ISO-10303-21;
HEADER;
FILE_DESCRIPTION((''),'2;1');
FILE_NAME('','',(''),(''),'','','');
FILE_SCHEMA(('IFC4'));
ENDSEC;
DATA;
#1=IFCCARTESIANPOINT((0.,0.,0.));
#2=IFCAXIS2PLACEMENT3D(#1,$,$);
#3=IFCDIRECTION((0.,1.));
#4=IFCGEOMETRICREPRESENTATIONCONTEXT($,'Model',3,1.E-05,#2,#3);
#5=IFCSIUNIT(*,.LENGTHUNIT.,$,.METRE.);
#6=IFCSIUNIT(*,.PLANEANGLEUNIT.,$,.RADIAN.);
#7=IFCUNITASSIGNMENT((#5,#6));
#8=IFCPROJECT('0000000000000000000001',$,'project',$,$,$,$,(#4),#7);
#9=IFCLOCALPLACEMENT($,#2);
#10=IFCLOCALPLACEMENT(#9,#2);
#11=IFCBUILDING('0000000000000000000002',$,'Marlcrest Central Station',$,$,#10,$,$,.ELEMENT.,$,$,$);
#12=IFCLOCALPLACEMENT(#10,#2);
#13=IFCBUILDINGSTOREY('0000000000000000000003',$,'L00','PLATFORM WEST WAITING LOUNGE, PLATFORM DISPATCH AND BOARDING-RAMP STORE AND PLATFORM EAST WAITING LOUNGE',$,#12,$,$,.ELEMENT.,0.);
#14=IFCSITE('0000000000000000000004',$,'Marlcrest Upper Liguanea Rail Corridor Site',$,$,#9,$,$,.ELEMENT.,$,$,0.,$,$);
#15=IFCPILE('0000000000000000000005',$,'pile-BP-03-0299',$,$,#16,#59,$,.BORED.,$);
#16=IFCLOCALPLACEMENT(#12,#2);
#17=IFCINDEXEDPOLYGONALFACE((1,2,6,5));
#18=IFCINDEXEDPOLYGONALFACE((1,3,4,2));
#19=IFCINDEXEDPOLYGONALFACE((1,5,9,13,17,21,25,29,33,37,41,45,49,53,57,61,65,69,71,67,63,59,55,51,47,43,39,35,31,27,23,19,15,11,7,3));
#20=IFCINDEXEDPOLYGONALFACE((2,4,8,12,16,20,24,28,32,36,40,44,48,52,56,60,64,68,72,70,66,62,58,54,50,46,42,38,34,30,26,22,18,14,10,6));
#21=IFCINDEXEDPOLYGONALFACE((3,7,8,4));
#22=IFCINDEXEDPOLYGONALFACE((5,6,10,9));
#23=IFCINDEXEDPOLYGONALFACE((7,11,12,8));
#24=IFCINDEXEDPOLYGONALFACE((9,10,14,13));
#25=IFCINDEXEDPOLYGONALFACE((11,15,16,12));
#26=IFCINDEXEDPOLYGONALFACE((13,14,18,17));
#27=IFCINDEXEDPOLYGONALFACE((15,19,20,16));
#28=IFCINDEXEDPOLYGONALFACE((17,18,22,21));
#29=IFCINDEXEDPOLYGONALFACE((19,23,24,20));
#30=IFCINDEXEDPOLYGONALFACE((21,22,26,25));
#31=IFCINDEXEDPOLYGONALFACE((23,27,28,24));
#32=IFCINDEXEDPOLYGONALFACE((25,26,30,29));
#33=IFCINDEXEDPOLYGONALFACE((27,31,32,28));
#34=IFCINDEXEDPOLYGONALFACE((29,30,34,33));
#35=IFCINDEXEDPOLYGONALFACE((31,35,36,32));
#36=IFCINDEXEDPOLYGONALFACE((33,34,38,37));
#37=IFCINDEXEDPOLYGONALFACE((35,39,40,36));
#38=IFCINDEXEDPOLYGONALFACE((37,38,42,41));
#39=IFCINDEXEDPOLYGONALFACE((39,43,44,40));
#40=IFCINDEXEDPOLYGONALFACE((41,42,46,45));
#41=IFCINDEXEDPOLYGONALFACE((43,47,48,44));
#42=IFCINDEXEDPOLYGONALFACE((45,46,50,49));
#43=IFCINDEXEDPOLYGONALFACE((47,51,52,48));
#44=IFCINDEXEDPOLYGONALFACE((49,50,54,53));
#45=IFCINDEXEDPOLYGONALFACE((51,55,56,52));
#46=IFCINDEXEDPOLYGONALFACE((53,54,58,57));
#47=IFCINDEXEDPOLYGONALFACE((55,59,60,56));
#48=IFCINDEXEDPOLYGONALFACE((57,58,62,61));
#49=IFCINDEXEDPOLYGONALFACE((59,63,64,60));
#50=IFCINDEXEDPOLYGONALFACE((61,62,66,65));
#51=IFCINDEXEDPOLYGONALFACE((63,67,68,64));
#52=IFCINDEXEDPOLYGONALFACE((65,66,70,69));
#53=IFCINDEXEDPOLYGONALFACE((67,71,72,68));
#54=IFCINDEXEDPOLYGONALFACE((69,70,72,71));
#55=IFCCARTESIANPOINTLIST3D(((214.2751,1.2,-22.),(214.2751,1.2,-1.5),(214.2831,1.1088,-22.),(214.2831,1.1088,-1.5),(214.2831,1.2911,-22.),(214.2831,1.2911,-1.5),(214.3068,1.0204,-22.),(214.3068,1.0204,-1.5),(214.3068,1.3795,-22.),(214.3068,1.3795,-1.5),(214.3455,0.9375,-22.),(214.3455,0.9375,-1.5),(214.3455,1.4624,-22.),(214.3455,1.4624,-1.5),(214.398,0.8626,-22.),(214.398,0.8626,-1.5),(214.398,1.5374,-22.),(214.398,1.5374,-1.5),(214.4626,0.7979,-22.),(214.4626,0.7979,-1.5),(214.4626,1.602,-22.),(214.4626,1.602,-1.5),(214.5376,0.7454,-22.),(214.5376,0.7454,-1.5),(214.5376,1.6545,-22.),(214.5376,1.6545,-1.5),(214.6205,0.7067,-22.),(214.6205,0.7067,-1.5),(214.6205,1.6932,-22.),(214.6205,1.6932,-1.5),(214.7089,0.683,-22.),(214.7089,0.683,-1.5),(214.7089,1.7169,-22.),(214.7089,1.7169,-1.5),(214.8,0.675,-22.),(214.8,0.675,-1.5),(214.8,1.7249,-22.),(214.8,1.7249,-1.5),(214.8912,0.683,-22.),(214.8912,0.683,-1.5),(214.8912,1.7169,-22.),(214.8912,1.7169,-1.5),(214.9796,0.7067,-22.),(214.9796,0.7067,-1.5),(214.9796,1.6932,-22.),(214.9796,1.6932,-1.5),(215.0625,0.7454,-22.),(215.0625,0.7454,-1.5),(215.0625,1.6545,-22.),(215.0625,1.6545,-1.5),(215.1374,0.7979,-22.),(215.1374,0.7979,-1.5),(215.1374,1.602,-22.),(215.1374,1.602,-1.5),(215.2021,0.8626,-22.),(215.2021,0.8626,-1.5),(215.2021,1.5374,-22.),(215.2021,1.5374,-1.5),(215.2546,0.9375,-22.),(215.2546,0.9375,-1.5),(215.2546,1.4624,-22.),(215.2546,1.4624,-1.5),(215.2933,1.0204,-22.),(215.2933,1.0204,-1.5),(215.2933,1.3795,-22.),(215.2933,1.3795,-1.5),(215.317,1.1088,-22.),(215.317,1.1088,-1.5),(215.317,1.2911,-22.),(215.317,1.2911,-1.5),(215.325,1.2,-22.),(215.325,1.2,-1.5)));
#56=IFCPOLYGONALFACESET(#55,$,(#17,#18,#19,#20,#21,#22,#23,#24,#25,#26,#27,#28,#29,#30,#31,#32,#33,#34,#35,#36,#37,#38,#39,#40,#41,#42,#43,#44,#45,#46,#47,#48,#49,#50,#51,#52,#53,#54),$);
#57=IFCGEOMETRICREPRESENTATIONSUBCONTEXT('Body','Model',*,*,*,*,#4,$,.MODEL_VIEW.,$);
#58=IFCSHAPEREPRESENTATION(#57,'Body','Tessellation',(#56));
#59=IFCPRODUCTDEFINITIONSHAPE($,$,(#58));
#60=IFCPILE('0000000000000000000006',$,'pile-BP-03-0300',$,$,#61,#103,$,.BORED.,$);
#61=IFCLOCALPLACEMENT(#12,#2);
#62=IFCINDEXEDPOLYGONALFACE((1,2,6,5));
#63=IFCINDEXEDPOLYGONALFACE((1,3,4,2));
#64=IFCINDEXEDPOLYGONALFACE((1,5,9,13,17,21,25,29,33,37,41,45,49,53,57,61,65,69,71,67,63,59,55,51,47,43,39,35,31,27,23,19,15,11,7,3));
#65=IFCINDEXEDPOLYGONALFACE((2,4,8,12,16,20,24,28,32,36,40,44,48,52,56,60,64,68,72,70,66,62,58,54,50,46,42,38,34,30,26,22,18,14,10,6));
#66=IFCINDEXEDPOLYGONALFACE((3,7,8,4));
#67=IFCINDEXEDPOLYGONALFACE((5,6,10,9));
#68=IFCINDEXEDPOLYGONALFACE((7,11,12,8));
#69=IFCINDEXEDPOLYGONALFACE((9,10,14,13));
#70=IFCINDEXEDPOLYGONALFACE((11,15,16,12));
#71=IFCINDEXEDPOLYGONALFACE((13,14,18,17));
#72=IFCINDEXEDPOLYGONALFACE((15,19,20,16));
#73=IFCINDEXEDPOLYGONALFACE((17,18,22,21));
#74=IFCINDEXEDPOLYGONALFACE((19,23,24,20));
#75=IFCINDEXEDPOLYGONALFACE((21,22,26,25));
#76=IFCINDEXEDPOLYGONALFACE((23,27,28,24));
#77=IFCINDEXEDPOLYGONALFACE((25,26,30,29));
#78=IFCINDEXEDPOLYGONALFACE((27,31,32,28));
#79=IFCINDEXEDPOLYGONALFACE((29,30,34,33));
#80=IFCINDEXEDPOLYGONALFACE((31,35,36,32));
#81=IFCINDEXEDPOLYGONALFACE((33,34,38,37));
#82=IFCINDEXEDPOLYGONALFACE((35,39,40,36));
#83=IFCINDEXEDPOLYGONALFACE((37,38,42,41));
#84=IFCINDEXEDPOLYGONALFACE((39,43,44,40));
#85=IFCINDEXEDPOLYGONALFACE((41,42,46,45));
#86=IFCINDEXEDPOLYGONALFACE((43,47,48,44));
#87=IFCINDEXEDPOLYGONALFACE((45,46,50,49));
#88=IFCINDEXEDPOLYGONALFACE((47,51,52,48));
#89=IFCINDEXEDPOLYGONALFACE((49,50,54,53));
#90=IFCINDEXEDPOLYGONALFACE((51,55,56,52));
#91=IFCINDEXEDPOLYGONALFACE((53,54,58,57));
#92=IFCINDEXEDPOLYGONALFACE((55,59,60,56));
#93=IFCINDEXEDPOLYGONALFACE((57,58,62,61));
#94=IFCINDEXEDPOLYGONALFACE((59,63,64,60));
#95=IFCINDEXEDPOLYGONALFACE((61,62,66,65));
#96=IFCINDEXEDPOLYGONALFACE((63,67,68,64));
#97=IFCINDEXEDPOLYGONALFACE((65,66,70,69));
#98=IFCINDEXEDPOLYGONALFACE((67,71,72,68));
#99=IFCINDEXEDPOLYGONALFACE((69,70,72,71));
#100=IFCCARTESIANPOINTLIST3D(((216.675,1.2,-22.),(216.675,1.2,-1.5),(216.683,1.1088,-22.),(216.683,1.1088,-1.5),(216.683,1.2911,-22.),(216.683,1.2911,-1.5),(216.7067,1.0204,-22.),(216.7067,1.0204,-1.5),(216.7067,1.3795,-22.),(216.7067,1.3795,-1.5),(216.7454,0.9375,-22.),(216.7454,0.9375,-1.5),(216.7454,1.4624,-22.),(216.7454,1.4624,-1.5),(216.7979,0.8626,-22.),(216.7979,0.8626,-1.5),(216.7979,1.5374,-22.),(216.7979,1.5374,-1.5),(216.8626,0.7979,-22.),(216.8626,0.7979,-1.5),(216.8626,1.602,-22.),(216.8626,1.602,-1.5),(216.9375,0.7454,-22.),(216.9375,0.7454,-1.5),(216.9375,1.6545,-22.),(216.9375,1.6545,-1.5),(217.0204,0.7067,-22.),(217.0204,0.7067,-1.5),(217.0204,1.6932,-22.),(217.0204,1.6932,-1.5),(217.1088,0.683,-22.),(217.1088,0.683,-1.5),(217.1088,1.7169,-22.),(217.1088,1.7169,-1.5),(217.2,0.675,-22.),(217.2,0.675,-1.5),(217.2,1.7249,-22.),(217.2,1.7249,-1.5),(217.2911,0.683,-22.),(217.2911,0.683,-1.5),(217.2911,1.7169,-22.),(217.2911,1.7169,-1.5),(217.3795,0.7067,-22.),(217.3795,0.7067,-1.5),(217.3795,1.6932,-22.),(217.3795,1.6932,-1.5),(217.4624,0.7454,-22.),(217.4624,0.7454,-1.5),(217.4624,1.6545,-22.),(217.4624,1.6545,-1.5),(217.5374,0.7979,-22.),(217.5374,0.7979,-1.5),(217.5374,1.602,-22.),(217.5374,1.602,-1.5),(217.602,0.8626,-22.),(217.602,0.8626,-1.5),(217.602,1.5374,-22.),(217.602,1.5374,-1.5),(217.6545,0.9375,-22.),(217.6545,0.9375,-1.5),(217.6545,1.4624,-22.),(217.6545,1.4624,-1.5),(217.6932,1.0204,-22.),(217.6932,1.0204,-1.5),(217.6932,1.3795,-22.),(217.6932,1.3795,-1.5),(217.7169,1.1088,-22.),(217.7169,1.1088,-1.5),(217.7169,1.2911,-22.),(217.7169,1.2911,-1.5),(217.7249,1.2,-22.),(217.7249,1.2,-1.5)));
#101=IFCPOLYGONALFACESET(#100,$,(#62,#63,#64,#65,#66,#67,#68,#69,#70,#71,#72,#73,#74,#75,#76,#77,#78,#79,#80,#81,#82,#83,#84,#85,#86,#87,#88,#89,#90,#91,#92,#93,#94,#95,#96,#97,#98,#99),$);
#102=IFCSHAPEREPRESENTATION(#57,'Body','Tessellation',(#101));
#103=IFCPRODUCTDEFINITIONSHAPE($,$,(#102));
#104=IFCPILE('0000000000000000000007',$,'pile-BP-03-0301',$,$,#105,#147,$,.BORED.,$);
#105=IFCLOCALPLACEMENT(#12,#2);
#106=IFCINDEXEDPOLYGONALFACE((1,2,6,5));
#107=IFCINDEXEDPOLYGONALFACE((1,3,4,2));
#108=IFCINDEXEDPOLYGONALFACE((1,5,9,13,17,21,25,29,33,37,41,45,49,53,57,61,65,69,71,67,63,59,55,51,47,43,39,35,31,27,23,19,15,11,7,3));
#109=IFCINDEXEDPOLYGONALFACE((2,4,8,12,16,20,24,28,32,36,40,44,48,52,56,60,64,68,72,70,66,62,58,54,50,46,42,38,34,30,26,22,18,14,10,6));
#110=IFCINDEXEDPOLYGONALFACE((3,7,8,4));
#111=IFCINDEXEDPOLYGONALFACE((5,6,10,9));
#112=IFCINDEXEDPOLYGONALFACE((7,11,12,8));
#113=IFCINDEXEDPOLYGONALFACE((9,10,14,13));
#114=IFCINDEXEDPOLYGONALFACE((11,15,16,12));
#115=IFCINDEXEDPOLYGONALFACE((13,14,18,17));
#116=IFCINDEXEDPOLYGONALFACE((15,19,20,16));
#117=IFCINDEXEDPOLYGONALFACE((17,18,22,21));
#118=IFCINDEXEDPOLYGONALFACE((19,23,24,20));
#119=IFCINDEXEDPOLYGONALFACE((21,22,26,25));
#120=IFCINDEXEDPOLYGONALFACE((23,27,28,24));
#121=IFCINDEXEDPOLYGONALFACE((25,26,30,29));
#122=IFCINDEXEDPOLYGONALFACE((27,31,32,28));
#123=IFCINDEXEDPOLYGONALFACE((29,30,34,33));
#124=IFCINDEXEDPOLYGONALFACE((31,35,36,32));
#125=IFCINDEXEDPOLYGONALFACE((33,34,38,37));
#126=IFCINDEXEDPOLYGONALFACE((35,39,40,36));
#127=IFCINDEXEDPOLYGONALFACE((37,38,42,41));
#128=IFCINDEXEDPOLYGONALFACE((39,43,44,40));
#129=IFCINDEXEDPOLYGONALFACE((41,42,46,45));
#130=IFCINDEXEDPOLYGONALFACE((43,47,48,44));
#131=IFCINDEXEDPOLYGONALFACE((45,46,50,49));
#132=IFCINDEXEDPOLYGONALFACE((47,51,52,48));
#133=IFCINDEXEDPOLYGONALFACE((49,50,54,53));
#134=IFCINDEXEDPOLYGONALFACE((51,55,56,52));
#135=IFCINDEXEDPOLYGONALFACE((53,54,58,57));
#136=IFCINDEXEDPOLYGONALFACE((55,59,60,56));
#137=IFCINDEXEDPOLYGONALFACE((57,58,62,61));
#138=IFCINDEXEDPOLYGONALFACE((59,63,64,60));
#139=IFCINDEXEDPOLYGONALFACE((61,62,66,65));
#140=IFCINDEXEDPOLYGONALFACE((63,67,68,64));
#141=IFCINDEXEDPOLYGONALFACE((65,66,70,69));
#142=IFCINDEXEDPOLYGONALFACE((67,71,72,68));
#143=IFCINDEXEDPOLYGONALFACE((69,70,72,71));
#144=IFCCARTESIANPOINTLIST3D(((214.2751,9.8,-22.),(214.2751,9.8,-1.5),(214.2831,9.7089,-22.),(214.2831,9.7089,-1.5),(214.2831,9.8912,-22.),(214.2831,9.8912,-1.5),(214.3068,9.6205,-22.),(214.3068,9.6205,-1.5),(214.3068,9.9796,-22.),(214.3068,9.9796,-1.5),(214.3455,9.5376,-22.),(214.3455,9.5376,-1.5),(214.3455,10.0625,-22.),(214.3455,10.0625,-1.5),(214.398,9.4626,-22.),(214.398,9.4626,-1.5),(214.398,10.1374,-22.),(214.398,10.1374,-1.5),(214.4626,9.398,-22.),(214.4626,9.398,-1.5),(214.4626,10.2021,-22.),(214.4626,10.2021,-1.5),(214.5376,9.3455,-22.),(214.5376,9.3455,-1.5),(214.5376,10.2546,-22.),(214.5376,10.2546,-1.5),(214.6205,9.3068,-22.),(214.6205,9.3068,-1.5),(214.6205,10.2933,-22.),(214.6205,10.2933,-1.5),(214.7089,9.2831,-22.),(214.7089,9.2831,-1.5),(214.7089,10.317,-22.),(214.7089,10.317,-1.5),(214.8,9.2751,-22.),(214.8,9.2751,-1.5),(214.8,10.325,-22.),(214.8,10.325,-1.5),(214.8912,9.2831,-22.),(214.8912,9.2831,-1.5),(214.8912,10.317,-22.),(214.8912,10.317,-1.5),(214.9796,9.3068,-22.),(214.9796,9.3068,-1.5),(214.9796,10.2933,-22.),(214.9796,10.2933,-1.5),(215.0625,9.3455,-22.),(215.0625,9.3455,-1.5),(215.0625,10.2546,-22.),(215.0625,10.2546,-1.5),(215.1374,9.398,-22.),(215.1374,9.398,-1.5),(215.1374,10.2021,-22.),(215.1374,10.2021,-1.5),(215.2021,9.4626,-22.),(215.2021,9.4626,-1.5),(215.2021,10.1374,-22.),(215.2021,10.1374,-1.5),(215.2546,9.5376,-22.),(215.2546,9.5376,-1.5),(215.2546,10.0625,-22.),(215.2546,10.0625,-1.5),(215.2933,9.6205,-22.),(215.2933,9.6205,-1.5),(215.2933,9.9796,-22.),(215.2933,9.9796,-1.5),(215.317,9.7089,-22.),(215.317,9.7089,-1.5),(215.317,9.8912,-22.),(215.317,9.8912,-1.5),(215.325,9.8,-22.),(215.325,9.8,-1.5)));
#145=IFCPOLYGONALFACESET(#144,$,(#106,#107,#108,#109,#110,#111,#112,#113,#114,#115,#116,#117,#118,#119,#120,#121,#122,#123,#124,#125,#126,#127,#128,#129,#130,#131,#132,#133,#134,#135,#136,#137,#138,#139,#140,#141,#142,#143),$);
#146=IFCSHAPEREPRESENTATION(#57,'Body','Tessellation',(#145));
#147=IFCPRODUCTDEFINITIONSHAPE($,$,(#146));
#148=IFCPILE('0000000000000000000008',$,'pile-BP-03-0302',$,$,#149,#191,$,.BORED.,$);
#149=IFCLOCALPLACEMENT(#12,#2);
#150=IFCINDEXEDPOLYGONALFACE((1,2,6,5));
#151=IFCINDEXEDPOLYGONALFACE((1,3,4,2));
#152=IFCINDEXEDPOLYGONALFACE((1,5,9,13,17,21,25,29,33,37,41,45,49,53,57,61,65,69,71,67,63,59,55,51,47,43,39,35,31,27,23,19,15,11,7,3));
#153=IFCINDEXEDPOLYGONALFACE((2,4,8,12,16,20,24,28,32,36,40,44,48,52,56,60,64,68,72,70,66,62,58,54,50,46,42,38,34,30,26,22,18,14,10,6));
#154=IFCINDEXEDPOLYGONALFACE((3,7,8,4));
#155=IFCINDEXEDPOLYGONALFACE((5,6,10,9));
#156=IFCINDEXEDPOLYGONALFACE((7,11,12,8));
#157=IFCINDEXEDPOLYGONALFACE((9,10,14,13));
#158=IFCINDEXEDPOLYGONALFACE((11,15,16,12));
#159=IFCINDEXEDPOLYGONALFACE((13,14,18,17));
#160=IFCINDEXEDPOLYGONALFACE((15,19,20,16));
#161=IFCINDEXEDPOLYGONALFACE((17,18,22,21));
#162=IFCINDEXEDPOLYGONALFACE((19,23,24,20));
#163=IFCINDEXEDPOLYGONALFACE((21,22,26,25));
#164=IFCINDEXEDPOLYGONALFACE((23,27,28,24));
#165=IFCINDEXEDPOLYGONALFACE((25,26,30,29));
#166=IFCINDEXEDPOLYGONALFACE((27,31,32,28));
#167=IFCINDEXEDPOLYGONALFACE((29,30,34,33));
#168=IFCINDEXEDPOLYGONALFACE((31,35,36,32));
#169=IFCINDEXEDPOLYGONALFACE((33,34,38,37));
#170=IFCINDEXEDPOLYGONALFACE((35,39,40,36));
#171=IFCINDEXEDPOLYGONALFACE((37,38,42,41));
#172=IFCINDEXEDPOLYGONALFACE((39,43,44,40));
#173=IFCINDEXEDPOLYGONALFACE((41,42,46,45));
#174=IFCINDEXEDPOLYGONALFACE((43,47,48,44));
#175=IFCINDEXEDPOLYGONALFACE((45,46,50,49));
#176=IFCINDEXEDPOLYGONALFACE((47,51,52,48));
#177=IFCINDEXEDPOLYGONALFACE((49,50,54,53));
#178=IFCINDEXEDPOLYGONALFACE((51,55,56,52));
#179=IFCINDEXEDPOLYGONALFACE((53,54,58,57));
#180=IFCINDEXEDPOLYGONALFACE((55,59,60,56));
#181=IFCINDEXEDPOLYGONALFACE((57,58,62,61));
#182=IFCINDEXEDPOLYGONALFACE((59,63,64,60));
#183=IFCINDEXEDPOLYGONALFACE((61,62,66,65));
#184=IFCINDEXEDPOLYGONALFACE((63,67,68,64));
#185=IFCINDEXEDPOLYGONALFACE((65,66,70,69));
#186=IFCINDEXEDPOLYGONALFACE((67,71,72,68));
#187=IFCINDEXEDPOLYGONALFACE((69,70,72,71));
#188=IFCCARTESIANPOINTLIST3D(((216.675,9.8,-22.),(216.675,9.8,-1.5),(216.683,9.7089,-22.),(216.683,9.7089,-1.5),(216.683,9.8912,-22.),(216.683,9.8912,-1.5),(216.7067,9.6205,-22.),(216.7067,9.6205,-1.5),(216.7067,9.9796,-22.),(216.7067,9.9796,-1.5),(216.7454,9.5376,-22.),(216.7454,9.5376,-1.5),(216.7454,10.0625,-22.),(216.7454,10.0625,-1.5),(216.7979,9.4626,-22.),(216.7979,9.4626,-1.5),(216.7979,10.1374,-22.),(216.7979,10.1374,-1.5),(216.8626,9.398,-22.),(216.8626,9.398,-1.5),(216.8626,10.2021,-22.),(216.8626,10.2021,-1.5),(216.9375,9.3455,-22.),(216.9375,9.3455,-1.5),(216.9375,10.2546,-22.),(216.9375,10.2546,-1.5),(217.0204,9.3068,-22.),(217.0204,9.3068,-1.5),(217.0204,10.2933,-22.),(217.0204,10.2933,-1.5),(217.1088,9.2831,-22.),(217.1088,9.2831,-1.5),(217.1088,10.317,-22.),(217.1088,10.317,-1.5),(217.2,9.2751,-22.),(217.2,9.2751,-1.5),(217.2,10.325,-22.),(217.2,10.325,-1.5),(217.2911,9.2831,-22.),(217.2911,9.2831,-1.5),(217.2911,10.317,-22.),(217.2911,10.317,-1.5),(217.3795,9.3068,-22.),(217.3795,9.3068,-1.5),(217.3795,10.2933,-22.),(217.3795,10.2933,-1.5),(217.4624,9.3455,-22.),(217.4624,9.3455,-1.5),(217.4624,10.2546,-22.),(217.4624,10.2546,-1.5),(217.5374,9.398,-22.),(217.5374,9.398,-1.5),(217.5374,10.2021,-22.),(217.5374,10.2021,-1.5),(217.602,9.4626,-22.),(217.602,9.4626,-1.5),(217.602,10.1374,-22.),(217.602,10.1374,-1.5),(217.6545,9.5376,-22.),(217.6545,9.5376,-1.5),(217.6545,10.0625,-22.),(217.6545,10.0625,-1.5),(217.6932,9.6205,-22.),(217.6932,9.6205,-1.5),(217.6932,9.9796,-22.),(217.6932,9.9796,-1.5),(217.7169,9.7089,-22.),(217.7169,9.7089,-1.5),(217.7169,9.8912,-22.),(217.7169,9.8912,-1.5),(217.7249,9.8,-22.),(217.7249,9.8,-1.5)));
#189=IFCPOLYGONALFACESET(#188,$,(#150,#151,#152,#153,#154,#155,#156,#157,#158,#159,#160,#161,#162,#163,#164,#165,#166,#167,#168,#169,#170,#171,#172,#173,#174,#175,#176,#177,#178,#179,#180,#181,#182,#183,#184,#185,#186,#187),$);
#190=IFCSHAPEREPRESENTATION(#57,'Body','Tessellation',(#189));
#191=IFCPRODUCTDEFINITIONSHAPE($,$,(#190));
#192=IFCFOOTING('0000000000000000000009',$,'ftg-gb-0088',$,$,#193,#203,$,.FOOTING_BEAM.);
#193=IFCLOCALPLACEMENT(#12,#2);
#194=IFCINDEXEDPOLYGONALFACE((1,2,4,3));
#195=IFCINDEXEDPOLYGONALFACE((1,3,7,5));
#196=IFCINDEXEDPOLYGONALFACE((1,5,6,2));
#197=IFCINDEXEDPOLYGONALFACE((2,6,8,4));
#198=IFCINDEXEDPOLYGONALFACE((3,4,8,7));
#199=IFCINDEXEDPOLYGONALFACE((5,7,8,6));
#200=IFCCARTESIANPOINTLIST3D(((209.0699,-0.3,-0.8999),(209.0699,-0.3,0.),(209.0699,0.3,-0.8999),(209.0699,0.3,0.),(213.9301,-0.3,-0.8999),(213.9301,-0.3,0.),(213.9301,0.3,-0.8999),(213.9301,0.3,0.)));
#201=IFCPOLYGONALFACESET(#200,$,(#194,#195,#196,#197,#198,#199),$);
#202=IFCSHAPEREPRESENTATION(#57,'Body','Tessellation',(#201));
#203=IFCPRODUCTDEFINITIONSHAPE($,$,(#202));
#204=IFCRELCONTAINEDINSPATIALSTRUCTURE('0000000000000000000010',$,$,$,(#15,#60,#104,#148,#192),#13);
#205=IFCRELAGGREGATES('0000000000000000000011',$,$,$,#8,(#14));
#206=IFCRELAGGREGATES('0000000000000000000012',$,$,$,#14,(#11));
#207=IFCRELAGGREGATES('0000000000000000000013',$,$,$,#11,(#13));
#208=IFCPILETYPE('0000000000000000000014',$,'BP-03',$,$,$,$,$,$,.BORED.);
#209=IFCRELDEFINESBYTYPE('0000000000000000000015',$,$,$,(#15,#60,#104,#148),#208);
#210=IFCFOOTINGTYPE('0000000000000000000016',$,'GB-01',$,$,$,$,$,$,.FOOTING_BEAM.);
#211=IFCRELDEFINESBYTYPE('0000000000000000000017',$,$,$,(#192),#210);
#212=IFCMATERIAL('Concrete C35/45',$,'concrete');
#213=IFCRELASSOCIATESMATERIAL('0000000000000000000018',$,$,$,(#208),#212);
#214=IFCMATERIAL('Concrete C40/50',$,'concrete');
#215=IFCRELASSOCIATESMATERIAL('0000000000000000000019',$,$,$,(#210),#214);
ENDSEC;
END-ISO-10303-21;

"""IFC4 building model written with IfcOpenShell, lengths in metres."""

from ifc_helpers import new_model, si_unit, direction, frame, origin, origin_2d, place, context, subcontext, project, spatial, rectangle, circle, extrude, material, material_profile, profile_set, type_object, element, save


model = new_model("IFC4")

# Units and contexts
model_context = context("Model", 3, precision=1e-05, world=origin(), true_north=direction((0.0, 1.0)))
body_context = subcontext(model_context, "Body", "Model", "MODEL_VIEW")
ifc_project = project(units=[si_unit("LENGTHUNIT", "METRE"), si_unit("PLANEANGLEUNIT", "RADIAN")], contexts=[model_context])

# Site, building, storey
site_placement = place(None, origin())
site = spatial("IfcSite", under=ifc_project, at=site_placement, Name="Marlcrest Upper Liguanea Rail Corridor Site", CompositionType="ELEMENT", RefElevation=0.0)
building_placement = place(site_placement, origin())
building = spatial("IfcBuilding", under=site, at=building_placement, Name="Marlcrest Central Station", CompositionType="ELEMENT")
storey_placement = place(building_placement, origin())
storey = spatial("IfcBuildingStorey", under=building, at=storey_placement, Name="L00", Description="PLATFORM WEST WAITING LOUNGE, PLATFORM DISPATCH AND BOARDING-RAMP STORE AND PLATFORM EAST WAITING LOUNGE", CompositionType="ELEMENT", Elevation=0.0)

# Piles
ifc_material_1 = material(Name="Concrete C35/45", Category="concrete")
ifc_material_profile_1 = material_profile(ifc_material_1, circle(Radius=0.5249, at=origin_2d()), Name="PILE D1050")
ifc_profile_set_1 = profile_set([ifc_material_profile_1], Name="Concrete C35/45")
pile_type = type_object("IfcPileType", Name="BP-03", PredefinedType="BORED", material=ifc_profile_set_1)
for number, where, z_axis, x_axis, name in (
    (1, (214.8, 1.2, -1.5), (0.0, 0.0, -1.0), (1.0, 0.0, 0.0), "pile-BP-03-0299"),
    (2, (217.2, 1.2, -1.5), (0.0, 0.0, -1.0), (1.0, 0.0, 0.0), "pile-BP-03-0300"),
    (3, (214.8, 9.8, -1.5), (0.0, 0.0, -1.0), (1.0, 0.0, 0.0), "pile-BP-03-0301"),
    (4, (217.2, 9.8, -1.5), (0.0, 0.0, -1.0), (1.0, 0.0, 0.0), "pile-BP-03-0302"),
):
    element("IfcPile", number, at=place(storey_placement, frame(where, z_axis=z_axis, x_axis=x_axis)), inside=storey, type_object=pile_type, Name=name, PredefinedType="BORED", context=body_context, shape_type="SweptSolid", body=[
        extrude(circle(Radius=0.5249, at=origin_2d()), origin(), (0.0, 0.0, 1.0), 20.5),
    ])

# Footing
ifc_material_2 = material(Name="Concrete C40/50", Category="concrete")
footing_type_1 = type_object("IfcFootingType", Name="GB-01", PredefinedType="FOOTING_BEAM", material=ifc_material_2)
footing_placement = place(storey_placement, frame((211.5, 0.0, -0.8999), z_axis=(0.0, 0.0, 1.0), x_axis=(1.0, 0.0, 0.0)))
element("IfcFooting", 5, at=footing_placement, inside=storey, type_object=footing_type_1, Name="ftg-gb-0088", PredefinedType="FOOTING_BEAM", context=body_context, shape_type="SweptSolid", body=[
    extrude(rectangle(XDim=4.8601, YDim=0.6001, at=origin_2d()), origin(), (0.0, 0.0, 1.0), 0.8999),
])

save(model, "model.ifc")
